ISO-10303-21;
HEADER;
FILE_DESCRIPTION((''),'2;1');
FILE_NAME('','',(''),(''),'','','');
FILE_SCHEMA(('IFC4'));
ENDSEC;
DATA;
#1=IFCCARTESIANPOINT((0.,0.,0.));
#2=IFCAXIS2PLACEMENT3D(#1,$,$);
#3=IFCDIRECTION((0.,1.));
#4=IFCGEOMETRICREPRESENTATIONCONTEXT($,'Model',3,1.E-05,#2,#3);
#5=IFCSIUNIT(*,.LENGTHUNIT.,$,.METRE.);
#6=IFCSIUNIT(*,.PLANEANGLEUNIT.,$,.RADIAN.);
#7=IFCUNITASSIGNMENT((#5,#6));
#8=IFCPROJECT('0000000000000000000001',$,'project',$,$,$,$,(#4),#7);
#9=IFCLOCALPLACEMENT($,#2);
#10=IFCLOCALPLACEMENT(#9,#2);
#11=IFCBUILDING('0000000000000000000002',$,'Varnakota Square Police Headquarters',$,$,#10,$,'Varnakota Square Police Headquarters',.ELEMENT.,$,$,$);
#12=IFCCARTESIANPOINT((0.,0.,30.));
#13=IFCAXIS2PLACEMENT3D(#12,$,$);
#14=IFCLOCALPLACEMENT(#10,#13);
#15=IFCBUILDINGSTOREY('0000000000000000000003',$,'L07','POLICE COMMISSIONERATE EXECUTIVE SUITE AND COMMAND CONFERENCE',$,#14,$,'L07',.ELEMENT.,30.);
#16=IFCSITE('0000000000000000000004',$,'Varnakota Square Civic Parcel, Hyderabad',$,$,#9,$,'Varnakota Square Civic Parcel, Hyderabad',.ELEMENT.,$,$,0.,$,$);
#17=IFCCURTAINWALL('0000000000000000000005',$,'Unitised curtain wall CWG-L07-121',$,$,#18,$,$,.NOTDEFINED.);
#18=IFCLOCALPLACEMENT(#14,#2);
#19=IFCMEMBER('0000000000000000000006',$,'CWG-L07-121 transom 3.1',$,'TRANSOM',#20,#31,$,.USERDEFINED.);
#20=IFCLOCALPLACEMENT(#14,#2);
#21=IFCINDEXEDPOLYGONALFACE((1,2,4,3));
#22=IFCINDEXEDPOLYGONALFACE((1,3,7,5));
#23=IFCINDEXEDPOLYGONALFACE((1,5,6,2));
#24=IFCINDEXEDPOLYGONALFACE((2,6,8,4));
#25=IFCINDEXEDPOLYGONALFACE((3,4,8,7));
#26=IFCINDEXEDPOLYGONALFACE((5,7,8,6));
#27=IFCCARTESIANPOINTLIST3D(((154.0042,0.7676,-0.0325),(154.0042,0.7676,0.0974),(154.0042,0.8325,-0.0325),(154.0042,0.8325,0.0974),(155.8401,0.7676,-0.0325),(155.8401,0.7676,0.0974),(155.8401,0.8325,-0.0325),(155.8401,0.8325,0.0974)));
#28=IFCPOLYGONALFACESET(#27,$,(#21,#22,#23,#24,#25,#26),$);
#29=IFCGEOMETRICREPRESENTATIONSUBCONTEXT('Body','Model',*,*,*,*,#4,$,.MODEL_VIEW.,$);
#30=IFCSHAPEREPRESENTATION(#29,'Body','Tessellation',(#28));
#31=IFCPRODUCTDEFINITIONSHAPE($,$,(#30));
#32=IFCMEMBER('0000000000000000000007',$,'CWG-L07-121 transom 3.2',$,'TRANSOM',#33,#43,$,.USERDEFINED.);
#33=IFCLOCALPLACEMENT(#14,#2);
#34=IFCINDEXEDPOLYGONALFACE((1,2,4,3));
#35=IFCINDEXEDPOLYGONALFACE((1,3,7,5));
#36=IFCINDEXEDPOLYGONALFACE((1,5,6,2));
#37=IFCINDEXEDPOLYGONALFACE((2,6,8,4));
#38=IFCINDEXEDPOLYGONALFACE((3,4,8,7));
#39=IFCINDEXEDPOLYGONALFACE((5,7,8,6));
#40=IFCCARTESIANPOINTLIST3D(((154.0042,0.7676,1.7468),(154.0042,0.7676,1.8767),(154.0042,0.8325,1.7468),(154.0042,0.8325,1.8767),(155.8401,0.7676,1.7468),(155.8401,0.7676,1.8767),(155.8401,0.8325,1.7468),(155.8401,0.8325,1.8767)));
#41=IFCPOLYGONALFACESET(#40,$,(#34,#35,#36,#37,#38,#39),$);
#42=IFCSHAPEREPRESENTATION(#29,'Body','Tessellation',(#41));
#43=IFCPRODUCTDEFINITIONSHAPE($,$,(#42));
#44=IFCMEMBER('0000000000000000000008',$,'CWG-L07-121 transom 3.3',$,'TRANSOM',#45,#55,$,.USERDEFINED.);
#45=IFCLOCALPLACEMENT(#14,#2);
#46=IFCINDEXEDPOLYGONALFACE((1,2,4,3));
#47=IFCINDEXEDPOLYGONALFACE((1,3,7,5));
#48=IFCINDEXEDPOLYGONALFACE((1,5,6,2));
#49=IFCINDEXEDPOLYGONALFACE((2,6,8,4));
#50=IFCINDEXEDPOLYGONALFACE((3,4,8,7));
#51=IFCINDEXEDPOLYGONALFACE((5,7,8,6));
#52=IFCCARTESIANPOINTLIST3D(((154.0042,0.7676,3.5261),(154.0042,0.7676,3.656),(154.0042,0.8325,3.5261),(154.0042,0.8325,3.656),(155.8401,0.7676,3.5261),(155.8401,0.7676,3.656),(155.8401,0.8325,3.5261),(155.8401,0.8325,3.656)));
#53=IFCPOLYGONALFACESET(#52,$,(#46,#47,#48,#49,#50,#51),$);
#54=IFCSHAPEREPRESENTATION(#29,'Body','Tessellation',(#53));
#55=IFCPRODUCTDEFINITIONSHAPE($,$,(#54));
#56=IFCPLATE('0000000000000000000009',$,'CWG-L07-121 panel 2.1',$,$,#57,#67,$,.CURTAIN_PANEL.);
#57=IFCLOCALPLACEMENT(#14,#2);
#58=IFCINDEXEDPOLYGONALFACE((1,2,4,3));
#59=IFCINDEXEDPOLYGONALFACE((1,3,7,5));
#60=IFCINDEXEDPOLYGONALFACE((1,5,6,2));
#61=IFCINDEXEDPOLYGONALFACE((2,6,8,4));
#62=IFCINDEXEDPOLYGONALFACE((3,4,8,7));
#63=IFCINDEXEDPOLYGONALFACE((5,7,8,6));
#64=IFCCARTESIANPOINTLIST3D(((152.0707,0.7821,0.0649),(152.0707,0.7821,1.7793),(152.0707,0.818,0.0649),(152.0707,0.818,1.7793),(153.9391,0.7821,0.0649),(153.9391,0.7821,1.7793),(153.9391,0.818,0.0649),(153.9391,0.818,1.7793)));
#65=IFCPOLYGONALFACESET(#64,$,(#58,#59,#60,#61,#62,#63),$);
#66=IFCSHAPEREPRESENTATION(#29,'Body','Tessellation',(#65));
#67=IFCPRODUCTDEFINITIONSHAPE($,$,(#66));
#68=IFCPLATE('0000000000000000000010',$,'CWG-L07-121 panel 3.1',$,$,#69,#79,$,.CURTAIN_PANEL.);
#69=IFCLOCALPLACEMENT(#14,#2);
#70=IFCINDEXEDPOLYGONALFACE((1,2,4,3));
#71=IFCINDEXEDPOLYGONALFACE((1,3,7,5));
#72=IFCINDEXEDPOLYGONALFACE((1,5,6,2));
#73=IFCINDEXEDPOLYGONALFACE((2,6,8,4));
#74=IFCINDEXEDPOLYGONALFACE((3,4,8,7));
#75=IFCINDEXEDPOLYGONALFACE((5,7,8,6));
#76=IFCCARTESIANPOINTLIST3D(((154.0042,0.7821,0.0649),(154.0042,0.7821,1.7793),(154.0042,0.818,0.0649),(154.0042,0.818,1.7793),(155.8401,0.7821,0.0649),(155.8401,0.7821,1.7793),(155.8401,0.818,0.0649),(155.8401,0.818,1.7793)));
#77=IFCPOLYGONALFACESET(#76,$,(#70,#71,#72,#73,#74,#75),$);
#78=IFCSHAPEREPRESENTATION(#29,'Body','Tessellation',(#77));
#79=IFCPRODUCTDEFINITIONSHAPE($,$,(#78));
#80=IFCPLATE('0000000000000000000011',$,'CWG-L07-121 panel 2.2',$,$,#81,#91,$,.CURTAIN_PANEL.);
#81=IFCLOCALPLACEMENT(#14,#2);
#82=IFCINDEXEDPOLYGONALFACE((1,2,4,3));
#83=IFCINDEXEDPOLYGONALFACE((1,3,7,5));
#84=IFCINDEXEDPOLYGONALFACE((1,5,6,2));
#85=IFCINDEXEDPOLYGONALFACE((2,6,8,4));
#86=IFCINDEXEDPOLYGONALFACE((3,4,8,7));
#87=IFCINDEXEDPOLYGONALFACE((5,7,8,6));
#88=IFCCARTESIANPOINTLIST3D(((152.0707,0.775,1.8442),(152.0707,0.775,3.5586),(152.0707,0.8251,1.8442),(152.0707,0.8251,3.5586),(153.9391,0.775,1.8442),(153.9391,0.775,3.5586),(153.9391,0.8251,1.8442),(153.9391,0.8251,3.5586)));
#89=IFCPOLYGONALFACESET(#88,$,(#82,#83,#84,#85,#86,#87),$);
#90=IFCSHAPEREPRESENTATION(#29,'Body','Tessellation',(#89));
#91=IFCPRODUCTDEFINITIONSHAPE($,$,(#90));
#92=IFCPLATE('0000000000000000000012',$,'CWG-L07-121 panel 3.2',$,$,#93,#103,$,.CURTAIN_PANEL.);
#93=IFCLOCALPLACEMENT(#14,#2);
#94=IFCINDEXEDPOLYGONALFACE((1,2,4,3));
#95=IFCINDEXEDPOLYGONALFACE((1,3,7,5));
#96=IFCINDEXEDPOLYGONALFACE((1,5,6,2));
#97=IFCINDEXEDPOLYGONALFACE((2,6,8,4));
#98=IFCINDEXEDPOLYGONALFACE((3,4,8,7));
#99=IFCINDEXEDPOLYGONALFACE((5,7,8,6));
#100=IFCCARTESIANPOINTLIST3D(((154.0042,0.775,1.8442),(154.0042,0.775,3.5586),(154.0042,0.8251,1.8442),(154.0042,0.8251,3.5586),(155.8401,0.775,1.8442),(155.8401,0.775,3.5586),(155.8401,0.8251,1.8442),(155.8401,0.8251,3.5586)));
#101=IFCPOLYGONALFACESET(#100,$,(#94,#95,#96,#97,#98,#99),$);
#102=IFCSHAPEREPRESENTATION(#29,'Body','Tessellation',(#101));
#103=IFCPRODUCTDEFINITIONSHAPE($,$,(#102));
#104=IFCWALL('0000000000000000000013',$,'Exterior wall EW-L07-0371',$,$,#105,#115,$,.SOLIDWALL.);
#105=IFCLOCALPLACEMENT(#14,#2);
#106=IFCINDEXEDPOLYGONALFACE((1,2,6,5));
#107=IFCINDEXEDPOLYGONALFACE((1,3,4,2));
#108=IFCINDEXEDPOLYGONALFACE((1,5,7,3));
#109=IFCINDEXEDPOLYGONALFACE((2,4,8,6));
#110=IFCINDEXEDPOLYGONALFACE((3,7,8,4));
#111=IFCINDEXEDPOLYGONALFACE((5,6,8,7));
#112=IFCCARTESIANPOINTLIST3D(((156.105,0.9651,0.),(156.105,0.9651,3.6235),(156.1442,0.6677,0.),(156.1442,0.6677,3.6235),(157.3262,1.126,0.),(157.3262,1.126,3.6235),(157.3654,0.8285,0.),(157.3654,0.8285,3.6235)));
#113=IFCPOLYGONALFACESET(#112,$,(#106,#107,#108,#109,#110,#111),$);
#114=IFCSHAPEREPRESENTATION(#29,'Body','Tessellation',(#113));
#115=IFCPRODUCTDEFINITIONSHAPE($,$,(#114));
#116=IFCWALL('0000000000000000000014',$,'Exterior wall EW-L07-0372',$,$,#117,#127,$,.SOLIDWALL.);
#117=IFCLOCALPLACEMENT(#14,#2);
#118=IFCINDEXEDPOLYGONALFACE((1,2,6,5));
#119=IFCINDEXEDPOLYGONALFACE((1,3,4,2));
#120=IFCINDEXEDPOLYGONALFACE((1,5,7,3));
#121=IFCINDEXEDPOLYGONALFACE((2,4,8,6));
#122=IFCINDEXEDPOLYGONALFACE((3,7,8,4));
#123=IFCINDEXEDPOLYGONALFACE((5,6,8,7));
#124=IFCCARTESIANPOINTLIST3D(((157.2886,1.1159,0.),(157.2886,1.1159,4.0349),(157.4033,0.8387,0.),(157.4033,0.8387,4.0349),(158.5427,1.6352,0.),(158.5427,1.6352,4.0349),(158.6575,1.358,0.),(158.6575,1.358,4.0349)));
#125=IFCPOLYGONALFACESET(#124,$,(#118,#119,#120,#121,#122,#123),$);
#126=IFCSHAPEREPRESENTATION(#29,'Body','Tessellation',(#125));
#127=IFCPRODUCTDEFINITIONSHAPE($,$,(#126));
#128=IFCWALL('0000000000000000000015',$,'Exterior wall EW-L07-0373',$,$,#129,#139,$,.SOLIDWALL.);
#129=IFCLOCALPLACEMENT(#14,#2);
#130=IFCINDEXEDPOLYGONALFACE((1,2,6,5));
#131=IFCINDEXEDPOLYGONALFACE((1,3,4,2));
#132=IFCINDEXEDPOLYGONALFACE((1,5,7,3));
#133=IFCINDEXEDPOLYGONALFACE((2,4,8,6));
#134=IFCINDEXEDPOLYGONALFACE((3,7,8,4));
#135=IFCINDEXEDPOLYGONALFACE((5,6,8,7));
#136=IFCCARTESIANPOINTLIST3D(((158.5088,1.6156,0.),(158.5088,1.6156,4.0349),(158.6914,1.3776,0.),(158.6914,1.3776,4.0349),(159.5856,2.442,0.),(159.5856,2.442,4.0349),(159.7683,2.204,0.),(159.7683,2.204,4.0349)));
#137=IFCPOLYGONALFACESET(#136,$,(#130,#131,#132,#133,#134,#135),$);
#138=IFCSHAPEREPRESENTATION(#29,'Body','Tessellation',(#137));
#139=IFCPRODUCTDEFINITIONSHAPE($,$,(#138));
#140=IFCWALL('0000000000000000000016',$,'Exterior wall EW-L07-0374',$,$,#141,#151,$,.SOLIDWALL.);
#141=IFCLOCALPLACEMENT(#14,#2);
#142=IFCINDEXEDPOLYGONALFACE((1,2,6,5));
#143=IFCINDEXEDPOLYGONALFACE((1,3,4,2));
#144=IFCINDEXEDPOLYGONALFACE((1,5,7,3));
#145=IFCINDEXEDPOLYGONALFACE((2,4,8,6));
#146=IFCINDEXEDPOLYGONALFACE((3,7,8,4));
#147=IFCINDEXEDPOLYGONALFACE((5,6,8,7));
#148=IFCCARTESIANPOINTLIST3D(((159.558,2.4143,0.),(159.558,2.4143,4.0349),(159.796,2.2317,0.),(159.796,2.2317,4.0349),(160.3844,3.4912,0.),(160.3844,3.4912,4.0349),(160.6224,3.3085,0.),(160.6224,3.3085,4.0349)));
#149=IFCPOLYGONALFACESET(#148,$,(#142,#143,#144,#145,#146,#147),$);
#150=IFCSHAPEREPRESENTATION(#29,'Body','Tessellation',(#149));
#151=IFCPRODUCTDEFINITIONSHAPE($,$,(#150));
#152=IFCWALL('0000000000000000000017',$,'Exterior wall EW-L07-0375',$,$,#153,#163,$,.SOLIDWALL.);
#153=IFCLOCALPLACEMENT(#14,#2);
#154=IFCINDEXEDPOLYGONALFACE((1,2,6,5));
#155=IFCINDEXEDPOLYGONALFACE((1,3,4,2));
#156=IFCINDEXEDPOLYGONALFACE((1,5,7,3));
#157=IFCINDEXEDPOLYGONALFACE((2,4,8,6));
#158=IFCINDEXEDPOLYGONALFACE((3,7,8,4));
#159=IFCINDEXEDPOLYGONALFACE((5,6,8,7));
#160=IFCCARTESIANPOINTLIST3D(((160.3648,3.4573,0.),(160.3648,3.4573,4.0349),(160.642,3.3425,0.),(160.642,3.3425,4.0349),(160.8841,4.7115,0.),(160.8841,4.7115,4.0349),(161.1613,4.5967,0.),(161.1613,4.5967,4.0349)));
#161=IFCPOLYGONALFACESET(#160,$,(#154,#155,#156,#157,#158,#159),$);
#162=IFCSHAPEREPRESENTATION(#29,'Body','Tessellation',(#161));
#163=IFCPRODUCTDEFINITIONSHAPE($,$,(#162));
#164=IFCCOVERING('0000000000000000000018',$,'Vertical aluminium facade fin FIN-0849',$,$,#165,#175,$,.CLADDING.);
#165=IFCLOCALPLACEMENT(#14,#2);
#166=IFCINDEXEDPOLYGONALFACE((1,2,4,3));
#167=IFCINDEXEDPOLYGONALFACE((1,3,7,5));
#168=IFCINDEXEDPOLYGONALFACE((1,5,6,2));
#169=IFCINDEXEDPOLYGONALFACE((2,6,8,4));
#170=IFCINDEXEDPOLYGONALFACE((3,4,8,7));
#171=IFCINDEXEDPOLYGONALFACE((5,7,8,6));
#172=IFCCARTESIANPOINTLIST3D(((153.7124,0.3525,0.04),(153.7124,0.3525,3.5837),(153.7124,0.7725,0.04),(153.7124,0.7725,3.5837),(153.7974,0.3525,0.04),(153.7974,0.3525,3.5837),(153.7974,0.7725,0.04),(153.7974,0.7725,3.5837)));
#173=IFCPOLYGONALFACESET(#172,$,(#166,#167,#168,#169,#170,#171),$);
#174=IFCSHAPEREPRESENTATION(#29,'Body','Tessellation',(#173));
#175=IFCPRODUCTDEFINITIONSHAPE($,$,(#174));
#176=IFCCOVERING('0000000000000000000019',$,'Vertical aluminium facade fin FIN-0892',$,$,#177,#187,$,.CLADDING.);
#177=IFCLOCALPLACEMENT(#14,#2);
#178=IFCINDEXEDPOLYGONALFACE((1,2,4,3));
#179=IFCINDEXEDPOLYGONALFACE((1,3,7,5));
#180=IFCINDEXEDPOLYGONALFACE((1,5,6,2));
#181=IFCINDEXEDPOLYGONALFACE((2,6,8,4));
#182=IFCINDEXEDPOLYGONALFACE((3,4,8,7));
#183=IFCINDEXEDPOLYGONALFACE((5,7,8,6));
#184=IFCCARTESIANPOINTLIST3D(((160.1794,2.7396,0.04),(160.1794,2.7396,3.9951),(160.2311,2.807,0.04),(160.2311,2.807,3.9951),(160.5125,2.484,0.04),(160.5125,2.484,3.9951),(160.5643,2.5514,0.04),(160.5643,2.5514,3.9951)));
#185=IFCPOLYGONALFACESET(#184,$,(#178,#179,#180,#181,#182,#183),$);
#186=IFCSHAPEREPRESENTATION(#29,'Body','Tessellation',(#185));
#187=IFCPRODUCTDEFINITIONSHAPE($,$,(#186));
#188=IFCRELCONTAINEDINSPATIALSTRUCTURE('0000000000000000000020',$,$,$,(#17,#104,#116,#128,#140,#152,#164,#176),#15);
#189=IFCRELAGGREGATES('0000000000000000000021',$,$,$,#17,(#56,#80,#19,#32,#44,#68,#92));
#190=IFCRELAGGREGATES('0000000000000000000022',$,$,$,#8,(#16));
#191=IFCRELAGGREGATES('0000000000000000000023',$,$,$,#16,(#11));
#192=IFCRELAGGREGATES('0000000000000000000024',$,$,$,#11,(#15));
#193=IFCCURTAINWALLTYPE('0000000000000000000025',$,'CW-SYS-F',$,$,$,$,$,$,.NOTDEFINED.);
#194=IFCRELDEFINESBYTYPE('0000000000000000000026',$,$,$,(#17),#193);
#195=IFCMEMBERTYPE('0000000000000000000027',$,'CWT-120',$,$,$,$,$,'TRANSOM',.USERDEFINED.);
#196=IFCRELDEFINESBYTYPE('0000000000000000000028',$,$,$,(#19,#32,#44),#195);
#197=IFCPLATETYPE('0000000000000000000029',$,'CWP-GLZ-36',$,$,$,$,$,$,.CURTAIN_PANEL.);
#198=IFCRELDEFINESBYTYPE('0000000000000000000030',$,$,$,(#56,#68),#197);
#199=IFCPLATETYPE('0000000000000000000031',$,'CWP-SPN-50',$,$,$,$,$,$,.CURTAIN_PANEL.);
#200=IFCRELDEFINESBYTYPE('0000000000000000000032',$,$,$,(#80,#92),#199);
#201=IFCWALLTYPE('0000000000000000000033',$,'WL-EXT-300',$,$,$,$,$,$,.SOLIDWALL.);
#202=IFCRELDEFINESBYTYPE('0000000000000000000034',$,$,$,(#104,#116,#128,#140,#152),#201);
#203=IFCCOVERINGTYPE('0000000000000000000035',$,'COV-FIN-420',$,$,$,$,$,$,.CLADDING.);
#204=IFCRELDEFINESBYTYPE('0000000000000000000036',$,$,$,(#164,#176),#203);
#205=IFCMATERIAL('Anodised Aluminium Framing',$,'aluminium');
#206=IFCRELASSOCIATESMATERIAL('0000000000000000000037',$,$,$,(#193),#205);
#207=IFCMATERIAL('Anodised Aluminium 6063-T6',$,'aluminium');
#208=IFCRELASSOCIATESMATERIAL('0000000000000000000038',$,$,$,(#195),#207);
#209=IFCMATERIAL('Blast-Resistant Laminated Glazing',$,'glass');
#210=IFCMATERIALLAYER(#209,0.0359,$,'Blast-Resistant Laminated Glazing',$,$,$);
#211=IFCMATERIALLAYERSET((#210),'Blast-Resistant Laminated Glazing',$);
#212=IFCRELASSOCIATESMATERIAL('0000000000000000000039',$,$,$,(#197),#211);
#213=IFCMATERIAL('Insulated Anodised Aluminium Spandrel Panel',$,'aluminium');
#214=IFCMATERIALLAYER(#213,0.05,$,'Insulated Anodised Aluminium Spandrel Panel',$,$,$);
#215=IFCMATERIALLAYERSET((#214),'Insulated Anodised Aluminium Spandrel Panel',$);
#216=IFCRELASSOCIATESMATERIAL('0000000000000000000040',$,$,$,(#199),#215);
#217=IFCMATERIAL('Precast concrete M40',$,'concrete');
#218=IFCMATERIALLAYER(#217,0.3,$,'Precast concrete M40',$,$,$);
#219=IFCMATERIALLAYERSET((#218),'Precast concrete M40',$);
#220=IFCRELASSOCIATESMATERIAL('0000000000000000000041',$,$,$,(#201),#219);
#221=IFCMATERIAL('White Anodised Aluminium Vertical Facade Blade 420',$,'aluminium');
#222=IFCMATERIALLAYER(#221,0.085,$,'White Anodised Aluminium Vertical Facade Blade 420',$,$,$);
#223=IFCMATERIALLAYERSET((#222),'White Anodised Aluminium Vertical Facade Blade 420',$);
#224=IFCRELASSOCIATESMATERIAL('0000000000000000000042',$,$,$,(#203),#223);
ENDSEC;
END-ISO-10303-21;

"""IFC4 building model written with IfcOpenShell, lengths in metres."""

from ifc_helpers import new_model, si_unit, direction, frame, frame_2d, origin, origin_2d, place, context, subcontext, project, spatial, rectangle, extrude, material, layer, layer_set, material_profile, profile_set, type_object, element, aggregate, save


model = new_model("IFC4")

# Units and contexts
model_context = context("Model", 3, precision=1e-05, world=origin(), true_north=direction((0.0, 1.0)))
body_context = subcontext(model_context, "Body", "Model", "MODEL_VIEW")
ifc_project = project(units=[si_unit("LENGTHUNIT", "METRE"), si_unit("PLANEANGLEUNIT", "RADIAN")], contexts=[model_context])

# Site, building, storey
site_placement = place(None, origin())
site = spatial("IfcSite", under=ifc_project, at=site_placement, Name="Varnakota Square Civic Parcel, Hyderabad", LongName="Varnakota Square Civic Parcel, Hyderabad", CompositionType="ELEMENT", RefElevation=0.0)
building_placement = place(site_placement, origin())
building = spatial("IfcBuilding", under=site, at=building_placement, Name="Varnakota Square Police Headquarters", LongName="Varnakota Square Police Headquarters", CompositionType="ELEMENT")
storey_placement = place(building_placement, frame((0.0, 0.0, 30.0)))
storey = spatial("IfcBuildingStorey", under=building, at=storey_placement, Name="L07", Description="POLICE COMMISSIONERATE EXECUTIVE SUITE AND COMMAND CONFERENCE", LongName="L07", CompositionType="ELEMENT", Elevation=30.0)

# Curtain wall, members, plates
ifc_material_1 = material(Name="Anodised Aluminium Framing", Category="aluminium")
curtain_wall_type = type_object("IfcCurtainWallType", Name="CW-SYS-F", PredefinedType="NOTDEFINED", material=ifc_material_1)
curtain_wall_placement = place(storey_placement, origin())
curtain_wall = element("IfcCurtainWall", 1, at=curtain_wall_placement, inside=storey, type_object=curtain_wall_type, Name="Unitised curtain wall CWG-L07-121", PredefinedType="NOTDEFINED")
ifc_material_2 = material(Name="Anodised Aluminium 6063-T6", Category="aluminium")
ifc_material_profile_1 = material_profile(ifc_material_2, rectangle(XDim=0.0649, YDim=0.1299, at=origin_2d()), Name="ALU TRANSOM 65x130")
ifc_profile_set_1 = profile_set([ifc_material_profile_1], Name="Anodised Aluminium 6063-T6")
member_type_1 = type_object("IfcMemberType", Name="CWT-120", ElementType="TRANSOM", PredefinedType="USERDEFINED", material=ifc_profile_set_1)
member_1_placement = place(storey_placement, frame((154.0042, 0.8, 0.0325), z_axis=(1.0, 0.0, 0.0), x_axis=(0.0, 1.0, 0.0)))
member_1 = element("IfcMember", 2, at=member_1_placement, type_object=member_type_1, Name="CWG-L07-121 transom 3.1", ObjectType="TRANSOM", PredefinedType="USERDEFINED", context=body_context, shape_type="SweptSolid", body=[
    extrude(rectangle(XDim=0.0649, YDim=0.1299, at=origin_2d()), origin(), (0.0, 0.0, 1.0), 1.8359),
])
member_2_placement = place(storey_placement, frame((154.0042, 0.8, 1.8118), z_axis=(1.0, 0.0, 0.0), x_axis=(0.0, 1.0, 0.0)))
member_2 = element("IfcMember", 3, at=member_2_placement, type_object=member_type_1, Name="CWG-L07-121 transom 3.2", ObjectType="TRANSOM", PredefinedType="USERDEFINED", context=body_context, shape_type="SweptSolid", body=[
    extrude(rectangle(XDim=0.0649, YDim=0.1299, at=origin_2d()), origin(), (0.0, 0.0, 1.0), 1.8359),
])
member_3_placement = place(storey_placement, frame((154.0042, 0.8, 3.5911), z_axis=(1.0, 0.0, 0.0), x_axis=(0.0, 1.0, 0.0)))
member_3 = element("IfcMember", 4, at=member_3_placement, type_object=member_type_1, Name="CWG-L07-121 transom 3.3", ObjectType="TRANSOM", PredefinedType="USERDEFINED", context=body_context, shape_type="SweptSolid", body=[
    extrude(rectangle(XDim=0.0649, YDim=0.1299, at=origin_2d()), origin(), (0.0, 0.0, 1.0), 1.8359),
])
ifc_material_3 = material(Name="Blast-Resistant Laminated Glazing", Category="glass")
ifc_layer_1 = layer(ifc_material_3, 0.0359, Name="Blast-Resistant Laminated Glazing")
ifc_layer_set_1 = layer_set([ifc_layer_1], Name="Blast-Resistant Laminated Glazing")
plate_type_1 = type_object("IfcPlateType", Name="CWP-GLZ-36", PredefinedType="CURTAIN_PANEL", material=ifc_layer_set_1)
plate_1_placement = place(storey_placement, frame((153.0049, 0.8, 0.0649), z_axis=(0.0, 0.0, 1.0), x_axis=(1.0, 0.0, 0.0)))
plate_1 = element("IfcPlate", 5, at=plate_1_placement, type_object=plate_type_1, Name="CWG-L07-121 panel 2.1", PredefinedType="CURTAIN_PANEL", context=body_context, shape_type="SweptSolid", body=[
    extrude(rectangle(XDim=1.8684, YDim=0.0359, at=origin_2d()), origin(), (0.0, 0.0, 1.0), 1.7144),
])
plate_2_placement = place(storey_placement, frame((154.9221, 0.8, 0.0649), z_axis=(0.0, 0.0, 1.0), x_axis=(1.0, 0.0, 0.0)))
plate_2 = element("IfcPlate", 6, at=plate_2_placement, type_object=plate_type_1, Name="CWG-L07-121 panel 3.1", PredefinedType="CURTAIN_PANEL", context=body_context, shape_type="SweptSolid", body=[
    extrude(rectangle(XDim=1.8359, YDim=0.0359, at=origin_2d()), origin(), (0.0, 0.0, 1.0), 1.7144),
])
ifc_material_4 = material(Name="Insulated Anodised Aluminium Spandrel Panel", Category="aluminium")
ifc_layer_2 = layer(ifc_material_4, 0.05, Name="Insulated Anodised Aluminium Spandrel Panel")
ifc_layer_set_2 = layer_set([ifc_layer_2], Name="Insulated Anodised Aluminium Spandrel Panel")
plate_type_2 = type_object("IfcPlateType", Name="CWP-SPN-50", PredefinedType="CURTAIN_PANEL", material=ifc_layer_set_2)
plate_3_placement = place(storey_placement, frame((153.0049, 0.8, 1.8442), z_axis=(0.0, 0.0, 1.0), x_axis=(1.0, 0.0, 0.0)))
plate_3 = element("IfcPlate", 7, at=plate_3_placement, type_object=plate_type_2, Name="CWG-L07-121 panel 2.2", PredefinedType="CURTAIN_PANEL", context=body_context, shape_type="SweptSolid", body=[
    extrude(rectangle(XDim=1.8684, YDim=0.05, at=origin_2d()), origin(), (0.0, 0.0, 1.0), 1.7144),
])
plate_4_placement = place(storey_placement, frame((154.9221, 0.8, 1.8442), z_axis=(0.0, 0.0, 1.0), x_axis=(1.0, 0.0, 0.0)))
plate_4 = element("IfcPlate", 8, at=plate_4_placement, type_object=plate_type_2, Name="CWG-L07-121 panel 3.2", PredefinedType="CURTAIN_PANEL", context=body_context, shape_type="SweptSolid", body=[
    extrude(rectangle(XDim=1.8359, YDim=0.05, at=origin_2d()), origin(), (0.0, 0.0, 1.0), 1.7144),
])
aggregate(curtain_wall, [plate_1, plate_3, member_1, member_2, member_3, plate_2, plate_4])

# Walls
ifc_material_5 = material(Name="Precast concrete M40", Category="concrete")
ifc_layer_3 = layer(ifc_material_5, 0.3, Name="Precast concrete M40")
ifc_layer_set_3 = layer_set([ifc_layer_3], Name="Precast concrete M40")
wall_type = type_object("IfcWallType", Name="WL-EXT-300", PredefinedType="SOLIDWALL", material=ifc_layer_set_3)
wall_placement = place(storey_placement, frame((156.1248, 0.8164, 0.0), z_axis=(0.0, 0.0, 1.0), x_axis=(0.991433, 0.130619, 0.0)))
element("IfcWall", 9, at=wall_placement, inside=storey, type_object=wall_type, Name="Exterior wall EW-L07-0371", PredefinedType="SOLIDWALL", context=body_context, shape_type="SweptSolid", body=[
    extrude(rectangle(XDim=1.2317, YDim=0.3, at=frame_2d((0.6157, 0.0))), origin(), (0.0, 0.0, 1.0), 3.6235),
])
for number, where, z_axis, x_axis, name in (
    (10, (157.3459, 0.9773, 0.0), (0.0, 0.0, 1.0), (0.923931, 0.382558, 0.0), "Exterior wall EW-L07-0372"),
    (11, (158.6001, 1.4966, 0.0), (0.0, 0.0, 1.0), (0.793325, 0.608798, 0.0), "Exterior wall EW-L07-0373"),
    (12, (159.677, 2.323, 0.0), (0.0, 0.0, 1.0), (0.608798, 0.793325, 0.0), "Exterior wall EW-L07-0374"),
    (13, (160.5034, 3.3999, 0.0), (0.0, 0.0, 1.0), (0.382558, 0.923931, 0.0), "Exterior wall EW-L07-0375"),
):
    element("IfcWall", number, at=place(storey_placement, frame(where, z_axis=z_axis, x_axis=x_axis)), inside=storey, type_object=wall_type, Name=name, PredefinedType="SOLIDWALL", context=body_context, shape_type="SweptSolid", body=[
        extrude(rectangle(XDim=1.3574, YDim=0.3, at=frame_2d((0.6787, 0.0))), origin(), (0.0, 0.0, 1.0), 4.0349),
    ])

# Coverings
ifc_material_6 = material(Name="White Anodised Aluminium Vertical Facade Blade 420", Category="aluminium")
ifc_layer_4 = layer(ifc_material_6, 0.085, Name="White Anodised Aluminium Vertical Facade Blade 420")
ifc_layer_set_4 = layer_set([ifc_layer_4], Name="White Anodised Aluminium Vertical Facade Blade 420")
covering_type_1 = type_object("IfcCoveringType", Name="COV-FIN-420", PredefinedType="CLADDING", material=ifc_layer_set_4)
covering_1_placement = place(storey_placement, frame((153.7549, 0.5625, 0.04), z_axis=(0.0, 0.0, 1.0), x_axis=(1.0, 0.0, 0.0)))
element("IfcCovering", 14, at=covering_1_placement, inside=storey, type_object=covering_type_1, Name="Vertical aluminium facade fin FIN-0849", PredefinedType="CLADDING", context=body_context, shape_type="SweptSolid", body=[
    extrude(rectangle(XDim=0.085, YDim=0.4199, at=origin_2d()), origin(), (0.0, 0.0, 1.0), 3.5437),
])
covering_2_placement = place(storey_placement, frame((160.3718, 2.6455, 0.04), z_axis=(0.0, 0.0, 1.0), x_axis=(0.608761, 0.793353, 0.0)))
element("IfcCovering", 15, at=covering_2_placement, inside=storey, type_object=covering_type_1, Name="Vertical aluminium facade fin FIN-0892", PredefinedType="CLADDING", context=body_context, shape_type="SweptSolid", body=[
    extrude(rectangle(XDim=0.085, YDim=0.4199, at=origin_2d()), origin(), (0.0, 0.0, 1.0), 3.9551),
])

save(model, "model.ifc")
